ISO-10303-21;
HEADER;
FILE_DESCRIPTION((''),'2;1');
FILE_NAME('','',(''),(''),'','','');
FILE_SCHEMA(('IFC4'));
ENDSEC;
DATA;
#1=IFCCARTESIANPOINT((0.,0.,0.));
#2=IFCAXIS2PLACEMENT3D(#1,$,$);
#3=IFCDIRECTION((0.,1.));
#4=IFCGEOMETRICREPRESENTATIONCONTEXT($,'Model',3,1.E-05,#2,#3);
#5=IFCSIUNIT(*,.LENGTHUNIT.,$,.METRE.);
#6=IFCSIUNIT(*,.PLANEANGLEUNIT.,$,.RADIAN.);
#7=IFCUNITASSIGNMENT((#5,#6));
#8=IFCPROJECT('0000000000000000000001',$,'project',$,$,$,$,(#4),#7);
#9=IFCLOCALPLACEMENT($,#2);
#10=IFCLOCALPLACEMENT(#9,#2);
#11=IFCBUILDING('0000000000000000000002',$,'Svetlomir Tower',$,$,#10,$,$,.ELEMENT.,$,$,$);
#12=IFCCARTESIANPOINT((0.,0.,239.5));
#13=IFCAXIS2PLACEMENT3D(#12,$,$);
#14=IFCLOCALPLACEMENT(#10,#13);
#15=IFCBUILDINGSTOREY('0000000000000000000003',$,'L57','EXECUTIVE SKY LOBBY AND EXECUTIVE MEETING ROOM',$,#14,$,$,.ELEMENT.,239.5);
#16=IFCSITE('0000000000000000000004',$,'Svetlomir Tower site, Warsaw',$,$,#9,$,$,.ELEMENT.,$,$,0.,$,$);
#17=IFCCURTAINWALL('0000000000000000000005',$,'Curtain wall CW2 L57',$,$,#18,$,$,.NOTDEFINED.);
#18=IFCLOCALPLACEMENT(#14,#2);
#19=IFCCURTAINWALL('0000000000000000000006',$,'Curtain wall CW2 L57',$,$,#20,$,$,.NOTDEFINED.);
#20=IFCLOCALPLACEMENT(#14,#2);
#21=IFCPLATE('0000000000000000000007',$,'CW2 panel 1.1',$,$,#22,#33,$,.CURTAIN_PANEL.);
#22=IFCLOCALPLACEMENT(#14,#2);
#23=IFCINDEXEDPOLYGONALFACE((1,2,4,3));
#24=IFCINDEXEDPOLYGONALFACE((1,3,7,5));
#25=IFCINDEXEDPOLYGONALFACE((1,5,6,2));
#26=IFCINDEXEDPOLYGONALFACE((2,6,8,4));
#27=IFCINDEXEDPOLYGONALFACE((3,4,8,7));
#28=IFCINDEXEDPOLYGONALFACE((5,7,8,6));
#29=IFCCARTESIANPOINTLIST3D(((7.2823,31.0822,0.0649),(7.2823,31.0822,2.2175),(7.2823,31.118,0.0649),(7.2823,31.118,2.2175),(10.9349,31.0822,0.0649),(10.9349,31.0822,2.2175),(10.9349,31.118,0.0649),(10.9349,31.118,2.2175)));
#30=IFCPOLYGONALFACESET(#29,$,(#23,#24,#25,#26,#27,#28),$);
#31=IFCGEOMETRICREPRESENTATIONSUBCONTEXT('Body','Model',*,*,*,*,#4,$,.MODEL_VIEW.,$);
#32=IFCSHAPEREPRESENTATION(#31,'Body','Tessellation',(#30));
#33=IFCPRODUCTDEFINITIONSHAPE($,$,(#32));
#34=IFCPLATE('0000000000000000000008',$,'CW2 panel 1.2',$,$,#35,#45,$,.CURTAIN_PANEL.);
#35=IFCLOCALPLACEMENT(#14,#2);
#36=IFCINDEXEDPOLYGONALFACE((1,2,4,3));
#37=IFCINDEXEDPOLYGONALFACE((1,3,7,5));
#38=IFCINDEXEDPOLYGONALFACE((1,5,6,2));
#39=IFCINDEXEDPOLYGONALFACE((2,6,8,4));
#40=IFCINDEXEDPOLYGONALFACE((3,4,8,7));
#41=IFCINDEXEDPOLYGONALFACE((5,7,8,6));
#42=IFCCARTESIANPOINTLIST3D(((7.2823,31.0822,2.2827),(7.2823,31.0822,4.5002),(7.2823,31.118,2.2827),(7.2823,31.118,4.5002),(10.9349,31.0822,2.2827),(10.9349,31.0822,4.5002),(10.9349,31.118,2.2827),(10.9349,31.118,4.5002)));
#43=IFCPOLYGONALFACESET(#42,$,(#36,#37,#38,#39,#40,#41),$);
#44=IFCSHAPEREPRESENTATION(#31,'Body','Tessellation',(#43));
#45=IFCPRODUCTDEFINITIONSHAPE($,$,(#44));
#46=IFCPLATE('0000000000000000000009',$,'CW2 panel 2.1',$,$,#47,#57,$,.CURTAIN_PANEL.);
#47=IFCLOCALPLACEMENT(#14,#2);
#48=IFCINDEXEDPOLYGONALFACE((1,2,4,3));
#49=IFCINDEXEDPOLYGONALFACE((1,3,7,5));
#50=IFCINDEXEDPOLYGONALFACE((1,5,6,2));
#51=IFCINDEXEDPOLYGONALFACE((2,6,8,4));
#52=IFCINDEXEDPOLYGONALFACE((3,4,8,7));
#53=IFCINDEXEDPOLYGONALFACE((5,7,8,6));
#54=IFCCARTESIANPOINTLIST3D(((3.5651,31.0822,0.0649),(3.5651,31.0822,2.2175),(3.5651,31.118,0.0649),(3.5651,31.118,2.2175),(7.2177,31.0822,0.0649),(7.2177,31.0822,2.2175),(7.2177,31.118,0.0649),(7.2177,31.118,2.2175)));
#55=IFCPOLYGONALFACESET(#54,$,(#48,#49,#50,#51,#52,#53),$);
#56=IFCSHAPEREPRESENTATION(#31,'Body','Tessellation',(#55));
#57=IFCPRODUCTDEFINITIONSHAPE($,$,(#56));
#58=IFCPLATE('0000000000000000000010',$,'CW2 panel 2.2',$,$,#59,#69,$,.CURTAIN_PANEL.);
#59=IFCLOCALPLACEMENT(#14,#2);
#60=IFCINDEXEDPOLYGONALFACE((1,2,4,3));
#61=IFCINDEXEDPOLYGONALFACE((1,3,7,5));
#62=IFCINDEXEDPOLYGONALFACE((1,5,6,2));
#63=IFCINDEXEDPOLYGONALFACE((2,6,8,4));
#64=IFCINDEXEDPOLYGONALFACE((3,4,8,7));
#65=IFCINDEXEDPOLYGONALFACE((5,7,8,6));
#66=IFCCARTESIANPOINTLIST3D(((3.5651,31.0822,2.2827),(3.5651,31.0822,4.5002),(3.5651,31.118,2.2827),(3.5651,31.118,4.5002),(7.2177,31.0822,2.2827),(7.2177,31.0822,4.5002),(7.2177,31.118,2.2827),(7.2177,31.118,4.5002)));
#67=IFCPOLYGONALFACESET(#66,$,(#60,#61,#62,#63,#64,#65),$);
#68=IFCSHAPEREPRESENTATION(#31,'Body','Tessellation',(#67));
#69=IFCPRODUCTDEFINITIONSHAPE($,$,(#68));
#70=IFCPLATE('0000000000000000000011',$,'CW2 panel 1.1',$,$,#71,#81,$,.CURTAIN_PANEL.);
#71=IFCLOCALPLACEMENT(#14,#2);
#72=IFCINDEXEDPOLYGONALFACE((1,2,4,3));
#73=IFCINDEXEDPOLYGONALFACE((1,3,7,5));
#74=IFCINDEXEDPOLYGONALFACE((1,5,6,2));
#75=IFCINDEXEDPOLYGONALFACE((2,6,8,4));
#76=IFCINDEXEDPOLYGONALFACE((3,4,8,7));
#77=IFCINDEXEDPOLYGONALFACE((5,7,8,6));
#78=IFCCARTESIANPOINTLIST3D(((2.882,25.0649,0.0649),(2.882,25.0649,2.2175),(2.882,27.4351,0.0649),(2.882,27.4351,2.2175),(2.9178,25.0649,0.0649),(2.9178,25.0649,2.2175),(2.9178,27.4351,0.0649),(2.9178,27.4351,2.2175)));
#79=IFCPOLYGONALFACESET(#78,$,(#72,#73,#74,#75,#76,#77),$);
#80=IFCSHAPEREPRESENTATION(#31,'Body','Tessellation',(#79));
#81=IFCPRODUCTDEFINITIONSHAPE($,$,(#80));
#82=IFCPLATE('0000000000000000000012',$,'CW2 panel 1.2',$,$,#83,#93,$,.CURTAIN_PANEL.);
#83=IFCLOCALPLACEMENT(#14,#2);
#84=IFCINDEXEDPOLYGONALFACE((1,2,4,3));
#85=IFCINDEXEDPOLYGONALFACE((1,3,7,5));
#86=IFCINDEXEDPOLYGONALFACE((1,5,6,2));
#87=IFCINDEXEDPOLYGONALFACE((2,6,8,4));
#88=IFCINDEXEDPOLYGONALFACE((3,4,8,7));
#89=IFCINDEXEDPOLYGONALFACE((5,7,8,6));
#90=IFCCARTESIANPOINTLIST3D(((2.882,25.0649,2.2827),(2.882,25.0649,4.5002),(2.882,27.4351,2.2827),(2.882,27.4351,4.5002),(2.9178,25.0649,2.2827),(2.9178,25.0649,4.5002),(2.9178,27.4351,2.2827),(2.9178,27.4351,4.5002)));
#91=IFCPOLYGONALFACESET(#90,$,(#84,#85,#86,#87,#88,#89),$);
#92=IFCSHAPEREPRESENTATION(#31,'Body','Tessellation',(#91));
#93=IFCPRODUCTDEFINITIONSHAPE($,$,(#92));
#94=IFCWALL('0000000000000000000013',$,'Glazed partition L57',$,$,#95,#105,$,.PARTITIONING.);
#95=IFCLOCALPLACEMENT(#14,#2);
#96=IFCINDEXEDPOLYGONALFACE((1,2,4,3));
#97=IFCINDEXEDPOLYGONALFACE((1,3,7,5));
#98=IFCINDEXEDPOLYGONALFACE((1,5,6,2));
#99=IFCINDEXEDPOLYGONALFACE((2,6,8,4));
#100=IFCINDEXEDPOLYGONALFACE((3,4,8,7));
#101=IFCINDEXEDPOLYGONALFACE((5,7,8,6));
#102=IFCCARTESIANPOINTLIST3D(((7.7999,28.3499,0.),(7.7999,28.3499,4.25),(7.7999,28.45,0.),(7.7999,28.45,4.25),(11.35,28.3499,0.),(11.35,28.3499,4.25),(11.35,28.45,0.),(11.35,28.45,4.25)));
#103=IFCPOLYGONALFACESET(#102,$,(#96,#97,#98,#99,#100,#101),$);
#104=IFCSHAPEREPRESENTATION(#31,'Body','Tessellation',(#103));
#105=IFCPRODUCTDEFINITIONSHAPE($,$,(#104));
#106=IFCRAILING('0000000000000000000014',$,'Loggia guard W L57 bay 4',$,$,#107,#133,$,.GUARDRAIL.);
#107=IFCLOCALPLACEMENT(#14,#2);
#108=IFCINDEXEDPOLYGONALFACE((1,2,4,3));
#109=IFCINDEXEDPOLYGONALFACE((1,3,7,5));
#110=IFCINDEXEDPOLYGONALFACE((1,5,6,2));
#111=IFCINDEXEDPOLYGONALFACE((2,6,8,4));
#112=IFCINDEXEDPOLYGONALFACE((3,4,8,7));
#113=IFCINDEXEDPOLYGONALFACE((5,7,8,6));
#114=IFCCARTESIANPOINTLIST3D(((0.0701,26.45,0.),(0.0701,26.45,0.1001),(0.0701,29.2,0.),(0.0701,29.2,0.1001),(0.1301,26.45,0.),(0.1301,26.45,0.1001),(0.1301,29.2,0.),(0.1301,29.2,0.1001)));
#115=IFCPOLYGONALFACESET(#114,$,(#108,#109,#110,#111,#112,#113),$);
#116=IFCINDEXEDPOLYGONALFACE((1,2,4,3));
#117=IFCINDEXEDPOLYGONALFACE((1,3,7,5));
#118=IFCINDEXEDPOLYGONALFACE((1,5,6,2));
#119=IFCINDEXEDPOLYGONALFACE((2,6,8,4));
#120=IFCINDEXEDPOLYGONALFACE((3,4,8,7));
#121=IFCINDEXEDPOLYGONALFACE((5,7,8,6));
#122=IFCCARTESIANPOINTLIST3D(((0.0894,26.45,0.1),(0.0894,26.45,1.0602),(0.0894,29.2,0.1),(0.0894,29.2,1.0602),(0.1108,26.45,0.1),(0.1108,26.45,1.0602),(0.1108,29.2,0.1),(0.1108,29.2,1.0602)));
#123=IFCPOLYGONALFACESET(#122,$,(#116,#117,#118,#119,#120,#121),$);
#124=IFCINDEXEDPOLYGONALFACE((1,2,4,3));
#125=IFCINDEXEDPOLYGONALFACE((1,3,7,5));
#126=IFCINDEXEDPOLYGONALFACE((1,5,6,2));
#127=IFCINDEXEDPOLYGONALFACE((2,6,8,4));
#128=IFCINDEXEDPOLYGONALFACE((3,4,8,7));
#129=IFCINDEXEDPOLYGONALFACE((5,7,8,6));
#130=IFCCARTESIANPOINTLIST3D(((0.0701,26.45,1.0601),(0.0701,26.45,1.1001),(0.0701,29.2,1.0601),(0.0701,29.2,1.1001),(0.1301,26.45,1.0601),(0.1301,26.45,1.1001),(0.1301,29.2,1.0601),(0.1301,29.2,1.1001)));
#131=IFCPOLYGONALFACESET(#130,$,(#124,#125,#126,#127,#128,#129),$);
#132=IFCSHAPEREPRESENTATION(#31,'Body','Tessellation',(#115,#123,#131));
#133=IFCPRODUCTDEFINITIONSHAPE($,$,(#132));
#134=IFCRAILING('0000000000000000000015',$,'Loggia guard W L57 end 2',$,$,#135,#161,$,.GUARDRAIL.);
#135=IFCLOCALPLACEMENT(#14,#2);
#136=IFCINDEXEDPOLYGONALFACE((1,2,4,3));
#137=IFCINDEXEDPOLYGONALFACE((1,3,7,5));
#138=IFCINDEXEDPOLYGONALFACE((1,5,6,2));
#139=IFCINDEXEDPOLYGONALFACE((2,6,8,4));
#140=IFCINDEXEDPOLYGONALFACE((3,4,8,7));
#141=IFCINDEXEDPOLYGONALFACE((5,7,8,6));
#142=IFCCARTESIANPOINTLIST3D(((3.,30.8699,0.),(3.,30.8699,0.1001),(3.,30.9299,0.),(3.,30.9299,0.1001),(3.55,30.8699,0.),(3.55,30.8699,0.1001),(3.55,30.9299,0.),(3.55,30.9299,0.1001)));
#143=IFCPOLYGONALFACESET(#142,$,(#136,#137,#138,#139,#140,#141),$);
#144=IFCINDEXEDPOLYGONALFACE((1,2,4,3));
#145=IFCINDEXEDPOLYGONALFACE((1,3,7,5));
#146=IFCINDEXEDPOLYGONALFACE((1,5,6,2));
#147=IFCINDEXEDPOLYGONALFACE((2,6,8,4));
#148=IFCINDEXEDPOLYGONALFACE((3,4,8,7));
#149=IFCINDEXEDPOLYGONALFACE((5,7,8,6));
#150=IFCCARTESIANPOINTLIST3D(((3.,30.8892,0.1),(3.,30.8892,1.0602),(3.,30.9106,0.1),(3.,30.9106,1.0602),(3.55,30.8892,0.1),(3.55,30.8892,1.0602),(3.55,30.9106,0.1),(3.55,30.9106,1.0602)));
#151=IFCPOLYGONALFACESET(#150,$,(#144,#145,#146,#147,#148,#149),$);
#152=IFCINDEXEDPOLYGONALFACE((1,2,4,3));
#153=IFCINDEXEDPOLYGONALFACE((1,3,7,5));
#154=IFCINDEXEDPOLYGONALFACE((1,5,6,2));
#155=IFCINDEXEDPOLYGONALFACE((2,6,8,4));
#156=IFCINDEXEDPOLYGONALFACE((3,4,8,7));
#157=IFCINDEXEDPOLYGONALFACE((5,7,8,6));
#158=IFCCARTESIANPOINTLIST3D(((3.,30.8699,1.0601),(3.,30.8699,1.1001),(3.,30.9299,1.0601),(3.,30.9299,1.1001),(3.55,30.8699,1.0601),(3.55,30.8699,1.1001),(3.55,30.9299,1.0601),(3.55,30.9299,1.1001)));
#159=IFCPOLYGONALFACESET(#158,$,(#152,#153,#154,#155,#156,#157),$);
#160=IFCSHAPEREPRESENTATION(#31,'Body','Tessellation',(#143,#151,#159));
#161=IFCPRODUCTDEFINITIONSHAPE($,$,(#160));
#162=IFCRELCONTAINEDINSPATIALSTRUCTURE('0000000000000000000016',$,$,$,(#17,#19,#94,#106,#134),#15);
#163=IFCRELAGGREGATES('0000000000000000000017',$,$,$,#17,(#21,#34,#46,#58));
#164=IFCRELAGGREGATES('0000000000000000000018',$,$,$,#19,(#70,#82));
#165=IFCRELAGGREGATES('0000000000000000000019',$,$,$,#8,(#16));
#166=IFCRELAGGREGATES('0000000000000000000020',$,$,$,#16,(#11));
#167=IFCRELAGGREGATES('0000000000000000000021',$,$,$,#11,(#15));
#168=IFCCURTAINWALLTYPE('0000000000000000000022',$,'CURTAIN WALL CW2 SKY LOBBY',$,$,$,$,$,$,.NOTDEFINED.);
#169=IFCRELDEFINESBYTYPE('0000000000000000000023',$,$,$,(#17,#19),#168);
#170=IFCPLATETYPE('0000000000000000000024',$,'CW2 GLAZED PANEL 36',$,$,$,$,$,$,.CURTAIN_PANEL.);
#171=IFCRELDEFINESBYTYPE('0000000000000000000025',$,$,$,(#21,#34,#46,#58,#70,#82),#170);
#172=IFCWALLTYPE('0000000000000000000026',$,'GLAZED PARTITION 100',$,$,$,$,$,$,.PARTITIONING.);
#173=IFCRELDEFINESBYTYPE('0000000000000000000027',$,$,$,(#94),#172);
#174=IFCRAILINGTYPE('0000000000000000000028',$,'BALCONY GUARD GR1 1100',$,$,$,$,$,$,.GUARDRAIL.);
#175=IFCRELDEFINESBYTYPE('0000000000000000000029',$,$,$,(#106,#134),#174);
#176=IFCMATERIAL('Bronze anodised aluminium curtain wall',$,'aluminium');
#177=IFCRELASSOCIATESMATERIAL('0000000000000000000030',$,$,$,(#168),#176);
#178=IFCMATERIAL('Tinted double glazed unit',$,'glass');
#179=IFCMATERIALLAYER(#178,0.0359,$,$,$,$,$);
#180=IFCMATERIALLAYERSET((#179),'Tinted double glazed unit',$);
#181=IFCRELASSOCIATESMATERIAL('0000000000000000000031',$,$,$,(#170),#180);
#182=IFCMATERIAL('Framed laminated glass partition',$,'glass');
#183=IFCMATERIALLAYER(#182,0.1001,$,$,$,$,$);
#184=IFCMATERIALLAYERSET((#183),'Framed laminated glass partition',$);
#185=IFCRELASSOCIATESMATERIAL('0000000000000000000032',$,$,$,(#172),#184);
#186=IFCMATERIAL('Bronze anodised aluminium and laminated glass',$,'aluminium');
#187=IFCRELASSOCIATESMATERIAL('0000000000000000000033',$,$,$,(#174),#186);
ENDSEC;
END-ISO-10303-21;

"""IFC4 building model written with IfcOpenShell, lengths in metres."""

from ifc_helpers import new_model, si_unit, direction, frame, frame_2d, origin, origin_2d, place, context, subcontext, project, spatial, rectangle, extrude, material, layer, layer_set, type_object, element, aggregate, save


model = new_model("IFC4")

# Units and contexts
model_context = context("Model", 3, precision=1e-05, world=origin(), true_north=direction((0.0, 1.0)))
body_context = subcontext(model_context, "Body", "Model", "MODEL_VIEW")
ifc_project = project(units=[si_unit("LENGTHUNIT", "METRE"), si_unit("PLANEANGLEUNIT", "RADIAN")], contexts=[model_context])

# Site, building, storey
site_placement = place(None, origin())
site = spatial("IfcSite", under=ifc_project, at=site_placement, Name="Svetlomir Tower site, Warsaw", CompositionType="ELEMENT", RefElevation=0.0)
building_placement = place(site_placement, origin())
building = spatial("IfcBuilding", under=site, at=building_placement, Name="Svetlomir Tower", CompositionType="ELEMENT")
storey_placement = place(building_placement, frame((0.0, 0.0, 239.5)))
storey = spatial("IfcBuildingStorey", under=building, at=storey_placement, Name="L57", Description="EXECUTIVE SKY LOBBY AND EXECUTIVE MEETING ROOM", CompositionType="ELEMENT", Elevation=239.5)

# Curtain wall
ifc_material_1 = material(Name="Bronze anodised aluminium curtain wall", Category="aluminium")
curtain_wall_type = type_object("IfcCurtainWallType", Name="CURTAIN WALL CW2 SKY LOBBY", PredefinedType="NOTDEFINED", material=ifc_material_1)
curtain_wall_1_placement = place(storey_placement, origin())
curtain_wall_1 = element("IfcCurtainWall", 1, at=curtain_wall_1_placement, inside=storey, type_object=curtain_wall_type, Name="Curtain wall CW2 L57", PredefinedType="NOTDEFINED")

# Curtain wall
curtain_wall_2_placement = place(storey_placement, origin())
curtain_wall_2 = element("IfcCurtainWall", 2, at=curtain_wall_2_placement, inside=storey, type_object=curtain_wall_type, Name="Curtain wall CW2 L57", PredefinedType="NOTDEFINED")

# Plates
ifc_material_2 = material(Name="Tinted double glazed unit", Category="glass")
ifc_layer_1 = layer(ifc_material_2, 0.0359)
ifc_layer_set_1 = layer_set([ifc_layer_1], Name="Tinted double glazed unit")
plate_type = type_object("IfcPlateType", Name="CW2 GLAZED PANEL 36", PredefinedType="CURTAIN_PANEL", material=ifc_layer_set_1)
plate_1_placement = place(storey_placement, frame((9.1086, 31.1001, 0.0649), z_axis=(0.0, 0.0, 1.0), x_axis=(-1.0, 0.0, 0.0)))
plate_1 = element("IfcPlate", 3, at=plate_1_placement, type_object=plate_type, Name="CW2 panel 1.1", PredefinedType="CURTAIN_PANEL", context=body_context, shape_type="SweptSolid", body=[
    extrude(rectangle(XDim=3.6526, YDim=0.0359, at=origin_2d()), origin(), (0.0, 0.0, 1.0), 2.1526),
])
plate_2_placement = place(storey_placement, frame((9.1086, 31.1001, 2.2827), z_axis=(0.0, 0.0, 1.0), x_axis=(-1.0, 0.0, 0.0)))
plate_2 = element("IfcPlate", 4, at=plate_2_placement, type_object=plate_type, Name="CW2 panel 1.2", PredefinedType="CURTAIN_PANEL", context=body_context, shape_type="SweptSolid", body=[
    extrude(rectangle(XDim=3.6526, YDim=0.0359, at=origin_2d()), origin(), (0.0, 0.0, 1.0), 2.2175),
])
plate_3_placement = place(storey_placement, frame((5.3914, 31.1001, 0.0649), z_axis=(0.0, 0.0, 1.0), x_axis=(-1.0, 0.0, 0.0)))
plate_3 = element("IfcPlate", 5, at=plate_3_placement, type_object=plate_type, Name="CW2 panel 2.1", PredefinedType="CURTAIN_PANEL", context=body_context, shape_type="SweptSolid", body=[
    extrude(rectangle(XDim=3.6526, YDim=0.0359, at=origin_2d()), origin(), (0.0, 0.0, 1.0), 2.1526),
])
plate_4_placement = place(storey_placement, frame((5.3914, 31.1001, 2.2827), z_axis=(0.0, 0.0, 1.0), x_axis=(-1.0, 0.0, 0.0)))
plate_4 = element("IfcPlate", 6, at=plate_4_placement, type_object=plate_type, Name="CW2 panel 2.2", PredefinedType="CURTAIN_PANEL", context=body_context, shape_type="SweptSolid", body=[
    extrude(rectangle(XDim=3.6526, YDim=0.0359, at=origin_2d()), origin(), (0.0, 0.0, 1.0), 2.2175),
])
aggregate(curtain_wall_1, [plate_1, plate_2, plate_3, plate_4])
plate_5_placement = place(storey_placement, frame((2.8999, 26.25, 0.0649), z_axis=(0.0, 0.0, 1.0), x_axis=(0.0, -1.0, 0.0)))
plate_5 = element("IfcPlate", 7, at=plate_5_placement, type_object=plate_type, Name="CW2 panel 1.1", PredefinedType="CURTAIN_PANEL", context=body_context, shape_type="SweptSolid", body=[
    extrude(rectangle(XDim=2.3701, YDim=0.0359, at=origin_2d()), origin(), (0.0, 0.0, 1.0), 2.1526),
])
plate_6_placement = place(storey_placement, frame((2.8999, 26.25, 2.2827), z_axis=(0.0, 0.0, 1.0), x_axis=(0.0, -1.0, 0.0)))
plate_6 = element("IfcPlate", 8, at=plate_6_placement, type_object=plate_type, Name="CW2 panel 1.2", PredefinedType="CURTAIN_PANEL", context=body_context, shape_type="SweptSolid", body=[
    extrude(rectangle(XDim=2.3701, YDim=0.0359, at=origin_2d()), origin(), (0.0, 0.0, 1.0), 2.2175),
])
aggregate(curtain_wall_2, [plate_5, plate_6])

# Wall
ifc_material_3 = material(Name="Framed laminated glass partition", Category="glass")
ifc_layer_2 = layer(ifc_material_3, 0.1001)
ifc_layer_set_2 = layer_set([ifc_layer_2], Name="Framed laminated glass partition")
wall_type = type_object("IfcWallType", Name="GLAZED PARTITION 100", PredefinedType="PARTITIONING", material=ifc_layer_set_2)
wall_placement = place(storey_placement, frame((7.8, 28.3999, 0.0), z_axis=(0.0, 0.0, 1.0), x_axis=(1.0, 0.0, 0.0)))
element("IfcWall", 9, at=wall_placement, inside=storey, type_object=wall_type, Name="Glazed partition L57", PredefinedType="PARTITIONING", context=body_context, shape_type="SweptSolid", body=[
    extrude(rectangle(XDim=3.55, YDim=0.1001, at=frame_2d((1.7749, 0.0))), origin(), (0.0, 0.0, 1.0), 4.25),
])

# Railings
ifc_material_4 = material(Name="Bronze anodised aluminium and laminated glass", Category="aluminium")
railing_type = type_object("IfcRailingType", Name="BALCONY GUARD GR1 1100", PredefinedType="GUARDRAIL", material=ifc_material_4)
railing_1_placement = place(storey_placement, frame((0.1001, 26.45, 0.0)))
element("IfcRailing", 10, at=railing_1_placement, inside=storey, type_object=railing_type, Name="Loggia guard W L57 bay 4", PredefinedType="GUARDRAIL", context=body_context, shape_type="SweptSolid", body=[
    extrude(rectangle(XDim=0.0601, YDim=0.1001, at=origin_2d()), frame((0.0, 0.0, 0.05), z_axis=(0.0, 1.0, 0.0), x_axis=(-1.0, 0.0, 0.0)), (0.0, 0.0, 1.0), 2.75),
    extrude(rectangle(XDim=0.0215, YDim=0.9602, at=origin_2d()), frame((0.0, 0.0, 0.5801), z_axis=(0.0, 1.0, 0.0), x_axis=(-1.0, 0.0, 0.0)), (0.0, 0.0, 1.0), 2.75),
    extrude(rectangle(XDim=0.0601, YDim=0.04, at=origin_2d()), frame((0.0, 0.0, 1.0801), z_axis=(0.0, 1.0, 0.0), x_axis=(-1.0, 0.0, 0.0)), (0.0, 0.0, 1.0), 2.75),
])
railing_2_placement = place(storey_placement, frame((3.55, 30.8999, 0.0)))
element("IfcRailing", 11, at=railing_2_placement, inside=storey, type_object=railing_type, Name="Loggia guard W L57 end 2", PredefinedType="GUARDRAIL", context=body_context, shape_type="SweptSolid", body=[
    extrude(rectangle(XDim=0.0601, YDim=0.1001, at=origin_2d()), frame((0.0, 0.0, 0.05), z_axis=(-1.0, 0.0, 0.0), x_axis=(0.0, -1.0, 0.0)), (0.0, 0.0, 1.0), 0.55),
    extrude(rectangle(XDim=0.0215, YDim=0.9602, at=origin_2d()), frame((0.0, 0.0, 0.5801), z_axis=(-1.0, 0.0, 0.0), x_axis=(0.0, -1.0, 0.0)), (0.0, 0.0, 1.0), 0.55),
    extrude(rectangle(XDim=0.0601, YDim=0.04, at=origin_2d()), frame((0.0, 0.0, 1.0801), z_axis=(-1.0, 0.0, 0.0), x_axis=(0.0, -1.0, 0.0)), (0.0, 0.0, 1.0), 0.55),
])

save(model, "model.ifc")
